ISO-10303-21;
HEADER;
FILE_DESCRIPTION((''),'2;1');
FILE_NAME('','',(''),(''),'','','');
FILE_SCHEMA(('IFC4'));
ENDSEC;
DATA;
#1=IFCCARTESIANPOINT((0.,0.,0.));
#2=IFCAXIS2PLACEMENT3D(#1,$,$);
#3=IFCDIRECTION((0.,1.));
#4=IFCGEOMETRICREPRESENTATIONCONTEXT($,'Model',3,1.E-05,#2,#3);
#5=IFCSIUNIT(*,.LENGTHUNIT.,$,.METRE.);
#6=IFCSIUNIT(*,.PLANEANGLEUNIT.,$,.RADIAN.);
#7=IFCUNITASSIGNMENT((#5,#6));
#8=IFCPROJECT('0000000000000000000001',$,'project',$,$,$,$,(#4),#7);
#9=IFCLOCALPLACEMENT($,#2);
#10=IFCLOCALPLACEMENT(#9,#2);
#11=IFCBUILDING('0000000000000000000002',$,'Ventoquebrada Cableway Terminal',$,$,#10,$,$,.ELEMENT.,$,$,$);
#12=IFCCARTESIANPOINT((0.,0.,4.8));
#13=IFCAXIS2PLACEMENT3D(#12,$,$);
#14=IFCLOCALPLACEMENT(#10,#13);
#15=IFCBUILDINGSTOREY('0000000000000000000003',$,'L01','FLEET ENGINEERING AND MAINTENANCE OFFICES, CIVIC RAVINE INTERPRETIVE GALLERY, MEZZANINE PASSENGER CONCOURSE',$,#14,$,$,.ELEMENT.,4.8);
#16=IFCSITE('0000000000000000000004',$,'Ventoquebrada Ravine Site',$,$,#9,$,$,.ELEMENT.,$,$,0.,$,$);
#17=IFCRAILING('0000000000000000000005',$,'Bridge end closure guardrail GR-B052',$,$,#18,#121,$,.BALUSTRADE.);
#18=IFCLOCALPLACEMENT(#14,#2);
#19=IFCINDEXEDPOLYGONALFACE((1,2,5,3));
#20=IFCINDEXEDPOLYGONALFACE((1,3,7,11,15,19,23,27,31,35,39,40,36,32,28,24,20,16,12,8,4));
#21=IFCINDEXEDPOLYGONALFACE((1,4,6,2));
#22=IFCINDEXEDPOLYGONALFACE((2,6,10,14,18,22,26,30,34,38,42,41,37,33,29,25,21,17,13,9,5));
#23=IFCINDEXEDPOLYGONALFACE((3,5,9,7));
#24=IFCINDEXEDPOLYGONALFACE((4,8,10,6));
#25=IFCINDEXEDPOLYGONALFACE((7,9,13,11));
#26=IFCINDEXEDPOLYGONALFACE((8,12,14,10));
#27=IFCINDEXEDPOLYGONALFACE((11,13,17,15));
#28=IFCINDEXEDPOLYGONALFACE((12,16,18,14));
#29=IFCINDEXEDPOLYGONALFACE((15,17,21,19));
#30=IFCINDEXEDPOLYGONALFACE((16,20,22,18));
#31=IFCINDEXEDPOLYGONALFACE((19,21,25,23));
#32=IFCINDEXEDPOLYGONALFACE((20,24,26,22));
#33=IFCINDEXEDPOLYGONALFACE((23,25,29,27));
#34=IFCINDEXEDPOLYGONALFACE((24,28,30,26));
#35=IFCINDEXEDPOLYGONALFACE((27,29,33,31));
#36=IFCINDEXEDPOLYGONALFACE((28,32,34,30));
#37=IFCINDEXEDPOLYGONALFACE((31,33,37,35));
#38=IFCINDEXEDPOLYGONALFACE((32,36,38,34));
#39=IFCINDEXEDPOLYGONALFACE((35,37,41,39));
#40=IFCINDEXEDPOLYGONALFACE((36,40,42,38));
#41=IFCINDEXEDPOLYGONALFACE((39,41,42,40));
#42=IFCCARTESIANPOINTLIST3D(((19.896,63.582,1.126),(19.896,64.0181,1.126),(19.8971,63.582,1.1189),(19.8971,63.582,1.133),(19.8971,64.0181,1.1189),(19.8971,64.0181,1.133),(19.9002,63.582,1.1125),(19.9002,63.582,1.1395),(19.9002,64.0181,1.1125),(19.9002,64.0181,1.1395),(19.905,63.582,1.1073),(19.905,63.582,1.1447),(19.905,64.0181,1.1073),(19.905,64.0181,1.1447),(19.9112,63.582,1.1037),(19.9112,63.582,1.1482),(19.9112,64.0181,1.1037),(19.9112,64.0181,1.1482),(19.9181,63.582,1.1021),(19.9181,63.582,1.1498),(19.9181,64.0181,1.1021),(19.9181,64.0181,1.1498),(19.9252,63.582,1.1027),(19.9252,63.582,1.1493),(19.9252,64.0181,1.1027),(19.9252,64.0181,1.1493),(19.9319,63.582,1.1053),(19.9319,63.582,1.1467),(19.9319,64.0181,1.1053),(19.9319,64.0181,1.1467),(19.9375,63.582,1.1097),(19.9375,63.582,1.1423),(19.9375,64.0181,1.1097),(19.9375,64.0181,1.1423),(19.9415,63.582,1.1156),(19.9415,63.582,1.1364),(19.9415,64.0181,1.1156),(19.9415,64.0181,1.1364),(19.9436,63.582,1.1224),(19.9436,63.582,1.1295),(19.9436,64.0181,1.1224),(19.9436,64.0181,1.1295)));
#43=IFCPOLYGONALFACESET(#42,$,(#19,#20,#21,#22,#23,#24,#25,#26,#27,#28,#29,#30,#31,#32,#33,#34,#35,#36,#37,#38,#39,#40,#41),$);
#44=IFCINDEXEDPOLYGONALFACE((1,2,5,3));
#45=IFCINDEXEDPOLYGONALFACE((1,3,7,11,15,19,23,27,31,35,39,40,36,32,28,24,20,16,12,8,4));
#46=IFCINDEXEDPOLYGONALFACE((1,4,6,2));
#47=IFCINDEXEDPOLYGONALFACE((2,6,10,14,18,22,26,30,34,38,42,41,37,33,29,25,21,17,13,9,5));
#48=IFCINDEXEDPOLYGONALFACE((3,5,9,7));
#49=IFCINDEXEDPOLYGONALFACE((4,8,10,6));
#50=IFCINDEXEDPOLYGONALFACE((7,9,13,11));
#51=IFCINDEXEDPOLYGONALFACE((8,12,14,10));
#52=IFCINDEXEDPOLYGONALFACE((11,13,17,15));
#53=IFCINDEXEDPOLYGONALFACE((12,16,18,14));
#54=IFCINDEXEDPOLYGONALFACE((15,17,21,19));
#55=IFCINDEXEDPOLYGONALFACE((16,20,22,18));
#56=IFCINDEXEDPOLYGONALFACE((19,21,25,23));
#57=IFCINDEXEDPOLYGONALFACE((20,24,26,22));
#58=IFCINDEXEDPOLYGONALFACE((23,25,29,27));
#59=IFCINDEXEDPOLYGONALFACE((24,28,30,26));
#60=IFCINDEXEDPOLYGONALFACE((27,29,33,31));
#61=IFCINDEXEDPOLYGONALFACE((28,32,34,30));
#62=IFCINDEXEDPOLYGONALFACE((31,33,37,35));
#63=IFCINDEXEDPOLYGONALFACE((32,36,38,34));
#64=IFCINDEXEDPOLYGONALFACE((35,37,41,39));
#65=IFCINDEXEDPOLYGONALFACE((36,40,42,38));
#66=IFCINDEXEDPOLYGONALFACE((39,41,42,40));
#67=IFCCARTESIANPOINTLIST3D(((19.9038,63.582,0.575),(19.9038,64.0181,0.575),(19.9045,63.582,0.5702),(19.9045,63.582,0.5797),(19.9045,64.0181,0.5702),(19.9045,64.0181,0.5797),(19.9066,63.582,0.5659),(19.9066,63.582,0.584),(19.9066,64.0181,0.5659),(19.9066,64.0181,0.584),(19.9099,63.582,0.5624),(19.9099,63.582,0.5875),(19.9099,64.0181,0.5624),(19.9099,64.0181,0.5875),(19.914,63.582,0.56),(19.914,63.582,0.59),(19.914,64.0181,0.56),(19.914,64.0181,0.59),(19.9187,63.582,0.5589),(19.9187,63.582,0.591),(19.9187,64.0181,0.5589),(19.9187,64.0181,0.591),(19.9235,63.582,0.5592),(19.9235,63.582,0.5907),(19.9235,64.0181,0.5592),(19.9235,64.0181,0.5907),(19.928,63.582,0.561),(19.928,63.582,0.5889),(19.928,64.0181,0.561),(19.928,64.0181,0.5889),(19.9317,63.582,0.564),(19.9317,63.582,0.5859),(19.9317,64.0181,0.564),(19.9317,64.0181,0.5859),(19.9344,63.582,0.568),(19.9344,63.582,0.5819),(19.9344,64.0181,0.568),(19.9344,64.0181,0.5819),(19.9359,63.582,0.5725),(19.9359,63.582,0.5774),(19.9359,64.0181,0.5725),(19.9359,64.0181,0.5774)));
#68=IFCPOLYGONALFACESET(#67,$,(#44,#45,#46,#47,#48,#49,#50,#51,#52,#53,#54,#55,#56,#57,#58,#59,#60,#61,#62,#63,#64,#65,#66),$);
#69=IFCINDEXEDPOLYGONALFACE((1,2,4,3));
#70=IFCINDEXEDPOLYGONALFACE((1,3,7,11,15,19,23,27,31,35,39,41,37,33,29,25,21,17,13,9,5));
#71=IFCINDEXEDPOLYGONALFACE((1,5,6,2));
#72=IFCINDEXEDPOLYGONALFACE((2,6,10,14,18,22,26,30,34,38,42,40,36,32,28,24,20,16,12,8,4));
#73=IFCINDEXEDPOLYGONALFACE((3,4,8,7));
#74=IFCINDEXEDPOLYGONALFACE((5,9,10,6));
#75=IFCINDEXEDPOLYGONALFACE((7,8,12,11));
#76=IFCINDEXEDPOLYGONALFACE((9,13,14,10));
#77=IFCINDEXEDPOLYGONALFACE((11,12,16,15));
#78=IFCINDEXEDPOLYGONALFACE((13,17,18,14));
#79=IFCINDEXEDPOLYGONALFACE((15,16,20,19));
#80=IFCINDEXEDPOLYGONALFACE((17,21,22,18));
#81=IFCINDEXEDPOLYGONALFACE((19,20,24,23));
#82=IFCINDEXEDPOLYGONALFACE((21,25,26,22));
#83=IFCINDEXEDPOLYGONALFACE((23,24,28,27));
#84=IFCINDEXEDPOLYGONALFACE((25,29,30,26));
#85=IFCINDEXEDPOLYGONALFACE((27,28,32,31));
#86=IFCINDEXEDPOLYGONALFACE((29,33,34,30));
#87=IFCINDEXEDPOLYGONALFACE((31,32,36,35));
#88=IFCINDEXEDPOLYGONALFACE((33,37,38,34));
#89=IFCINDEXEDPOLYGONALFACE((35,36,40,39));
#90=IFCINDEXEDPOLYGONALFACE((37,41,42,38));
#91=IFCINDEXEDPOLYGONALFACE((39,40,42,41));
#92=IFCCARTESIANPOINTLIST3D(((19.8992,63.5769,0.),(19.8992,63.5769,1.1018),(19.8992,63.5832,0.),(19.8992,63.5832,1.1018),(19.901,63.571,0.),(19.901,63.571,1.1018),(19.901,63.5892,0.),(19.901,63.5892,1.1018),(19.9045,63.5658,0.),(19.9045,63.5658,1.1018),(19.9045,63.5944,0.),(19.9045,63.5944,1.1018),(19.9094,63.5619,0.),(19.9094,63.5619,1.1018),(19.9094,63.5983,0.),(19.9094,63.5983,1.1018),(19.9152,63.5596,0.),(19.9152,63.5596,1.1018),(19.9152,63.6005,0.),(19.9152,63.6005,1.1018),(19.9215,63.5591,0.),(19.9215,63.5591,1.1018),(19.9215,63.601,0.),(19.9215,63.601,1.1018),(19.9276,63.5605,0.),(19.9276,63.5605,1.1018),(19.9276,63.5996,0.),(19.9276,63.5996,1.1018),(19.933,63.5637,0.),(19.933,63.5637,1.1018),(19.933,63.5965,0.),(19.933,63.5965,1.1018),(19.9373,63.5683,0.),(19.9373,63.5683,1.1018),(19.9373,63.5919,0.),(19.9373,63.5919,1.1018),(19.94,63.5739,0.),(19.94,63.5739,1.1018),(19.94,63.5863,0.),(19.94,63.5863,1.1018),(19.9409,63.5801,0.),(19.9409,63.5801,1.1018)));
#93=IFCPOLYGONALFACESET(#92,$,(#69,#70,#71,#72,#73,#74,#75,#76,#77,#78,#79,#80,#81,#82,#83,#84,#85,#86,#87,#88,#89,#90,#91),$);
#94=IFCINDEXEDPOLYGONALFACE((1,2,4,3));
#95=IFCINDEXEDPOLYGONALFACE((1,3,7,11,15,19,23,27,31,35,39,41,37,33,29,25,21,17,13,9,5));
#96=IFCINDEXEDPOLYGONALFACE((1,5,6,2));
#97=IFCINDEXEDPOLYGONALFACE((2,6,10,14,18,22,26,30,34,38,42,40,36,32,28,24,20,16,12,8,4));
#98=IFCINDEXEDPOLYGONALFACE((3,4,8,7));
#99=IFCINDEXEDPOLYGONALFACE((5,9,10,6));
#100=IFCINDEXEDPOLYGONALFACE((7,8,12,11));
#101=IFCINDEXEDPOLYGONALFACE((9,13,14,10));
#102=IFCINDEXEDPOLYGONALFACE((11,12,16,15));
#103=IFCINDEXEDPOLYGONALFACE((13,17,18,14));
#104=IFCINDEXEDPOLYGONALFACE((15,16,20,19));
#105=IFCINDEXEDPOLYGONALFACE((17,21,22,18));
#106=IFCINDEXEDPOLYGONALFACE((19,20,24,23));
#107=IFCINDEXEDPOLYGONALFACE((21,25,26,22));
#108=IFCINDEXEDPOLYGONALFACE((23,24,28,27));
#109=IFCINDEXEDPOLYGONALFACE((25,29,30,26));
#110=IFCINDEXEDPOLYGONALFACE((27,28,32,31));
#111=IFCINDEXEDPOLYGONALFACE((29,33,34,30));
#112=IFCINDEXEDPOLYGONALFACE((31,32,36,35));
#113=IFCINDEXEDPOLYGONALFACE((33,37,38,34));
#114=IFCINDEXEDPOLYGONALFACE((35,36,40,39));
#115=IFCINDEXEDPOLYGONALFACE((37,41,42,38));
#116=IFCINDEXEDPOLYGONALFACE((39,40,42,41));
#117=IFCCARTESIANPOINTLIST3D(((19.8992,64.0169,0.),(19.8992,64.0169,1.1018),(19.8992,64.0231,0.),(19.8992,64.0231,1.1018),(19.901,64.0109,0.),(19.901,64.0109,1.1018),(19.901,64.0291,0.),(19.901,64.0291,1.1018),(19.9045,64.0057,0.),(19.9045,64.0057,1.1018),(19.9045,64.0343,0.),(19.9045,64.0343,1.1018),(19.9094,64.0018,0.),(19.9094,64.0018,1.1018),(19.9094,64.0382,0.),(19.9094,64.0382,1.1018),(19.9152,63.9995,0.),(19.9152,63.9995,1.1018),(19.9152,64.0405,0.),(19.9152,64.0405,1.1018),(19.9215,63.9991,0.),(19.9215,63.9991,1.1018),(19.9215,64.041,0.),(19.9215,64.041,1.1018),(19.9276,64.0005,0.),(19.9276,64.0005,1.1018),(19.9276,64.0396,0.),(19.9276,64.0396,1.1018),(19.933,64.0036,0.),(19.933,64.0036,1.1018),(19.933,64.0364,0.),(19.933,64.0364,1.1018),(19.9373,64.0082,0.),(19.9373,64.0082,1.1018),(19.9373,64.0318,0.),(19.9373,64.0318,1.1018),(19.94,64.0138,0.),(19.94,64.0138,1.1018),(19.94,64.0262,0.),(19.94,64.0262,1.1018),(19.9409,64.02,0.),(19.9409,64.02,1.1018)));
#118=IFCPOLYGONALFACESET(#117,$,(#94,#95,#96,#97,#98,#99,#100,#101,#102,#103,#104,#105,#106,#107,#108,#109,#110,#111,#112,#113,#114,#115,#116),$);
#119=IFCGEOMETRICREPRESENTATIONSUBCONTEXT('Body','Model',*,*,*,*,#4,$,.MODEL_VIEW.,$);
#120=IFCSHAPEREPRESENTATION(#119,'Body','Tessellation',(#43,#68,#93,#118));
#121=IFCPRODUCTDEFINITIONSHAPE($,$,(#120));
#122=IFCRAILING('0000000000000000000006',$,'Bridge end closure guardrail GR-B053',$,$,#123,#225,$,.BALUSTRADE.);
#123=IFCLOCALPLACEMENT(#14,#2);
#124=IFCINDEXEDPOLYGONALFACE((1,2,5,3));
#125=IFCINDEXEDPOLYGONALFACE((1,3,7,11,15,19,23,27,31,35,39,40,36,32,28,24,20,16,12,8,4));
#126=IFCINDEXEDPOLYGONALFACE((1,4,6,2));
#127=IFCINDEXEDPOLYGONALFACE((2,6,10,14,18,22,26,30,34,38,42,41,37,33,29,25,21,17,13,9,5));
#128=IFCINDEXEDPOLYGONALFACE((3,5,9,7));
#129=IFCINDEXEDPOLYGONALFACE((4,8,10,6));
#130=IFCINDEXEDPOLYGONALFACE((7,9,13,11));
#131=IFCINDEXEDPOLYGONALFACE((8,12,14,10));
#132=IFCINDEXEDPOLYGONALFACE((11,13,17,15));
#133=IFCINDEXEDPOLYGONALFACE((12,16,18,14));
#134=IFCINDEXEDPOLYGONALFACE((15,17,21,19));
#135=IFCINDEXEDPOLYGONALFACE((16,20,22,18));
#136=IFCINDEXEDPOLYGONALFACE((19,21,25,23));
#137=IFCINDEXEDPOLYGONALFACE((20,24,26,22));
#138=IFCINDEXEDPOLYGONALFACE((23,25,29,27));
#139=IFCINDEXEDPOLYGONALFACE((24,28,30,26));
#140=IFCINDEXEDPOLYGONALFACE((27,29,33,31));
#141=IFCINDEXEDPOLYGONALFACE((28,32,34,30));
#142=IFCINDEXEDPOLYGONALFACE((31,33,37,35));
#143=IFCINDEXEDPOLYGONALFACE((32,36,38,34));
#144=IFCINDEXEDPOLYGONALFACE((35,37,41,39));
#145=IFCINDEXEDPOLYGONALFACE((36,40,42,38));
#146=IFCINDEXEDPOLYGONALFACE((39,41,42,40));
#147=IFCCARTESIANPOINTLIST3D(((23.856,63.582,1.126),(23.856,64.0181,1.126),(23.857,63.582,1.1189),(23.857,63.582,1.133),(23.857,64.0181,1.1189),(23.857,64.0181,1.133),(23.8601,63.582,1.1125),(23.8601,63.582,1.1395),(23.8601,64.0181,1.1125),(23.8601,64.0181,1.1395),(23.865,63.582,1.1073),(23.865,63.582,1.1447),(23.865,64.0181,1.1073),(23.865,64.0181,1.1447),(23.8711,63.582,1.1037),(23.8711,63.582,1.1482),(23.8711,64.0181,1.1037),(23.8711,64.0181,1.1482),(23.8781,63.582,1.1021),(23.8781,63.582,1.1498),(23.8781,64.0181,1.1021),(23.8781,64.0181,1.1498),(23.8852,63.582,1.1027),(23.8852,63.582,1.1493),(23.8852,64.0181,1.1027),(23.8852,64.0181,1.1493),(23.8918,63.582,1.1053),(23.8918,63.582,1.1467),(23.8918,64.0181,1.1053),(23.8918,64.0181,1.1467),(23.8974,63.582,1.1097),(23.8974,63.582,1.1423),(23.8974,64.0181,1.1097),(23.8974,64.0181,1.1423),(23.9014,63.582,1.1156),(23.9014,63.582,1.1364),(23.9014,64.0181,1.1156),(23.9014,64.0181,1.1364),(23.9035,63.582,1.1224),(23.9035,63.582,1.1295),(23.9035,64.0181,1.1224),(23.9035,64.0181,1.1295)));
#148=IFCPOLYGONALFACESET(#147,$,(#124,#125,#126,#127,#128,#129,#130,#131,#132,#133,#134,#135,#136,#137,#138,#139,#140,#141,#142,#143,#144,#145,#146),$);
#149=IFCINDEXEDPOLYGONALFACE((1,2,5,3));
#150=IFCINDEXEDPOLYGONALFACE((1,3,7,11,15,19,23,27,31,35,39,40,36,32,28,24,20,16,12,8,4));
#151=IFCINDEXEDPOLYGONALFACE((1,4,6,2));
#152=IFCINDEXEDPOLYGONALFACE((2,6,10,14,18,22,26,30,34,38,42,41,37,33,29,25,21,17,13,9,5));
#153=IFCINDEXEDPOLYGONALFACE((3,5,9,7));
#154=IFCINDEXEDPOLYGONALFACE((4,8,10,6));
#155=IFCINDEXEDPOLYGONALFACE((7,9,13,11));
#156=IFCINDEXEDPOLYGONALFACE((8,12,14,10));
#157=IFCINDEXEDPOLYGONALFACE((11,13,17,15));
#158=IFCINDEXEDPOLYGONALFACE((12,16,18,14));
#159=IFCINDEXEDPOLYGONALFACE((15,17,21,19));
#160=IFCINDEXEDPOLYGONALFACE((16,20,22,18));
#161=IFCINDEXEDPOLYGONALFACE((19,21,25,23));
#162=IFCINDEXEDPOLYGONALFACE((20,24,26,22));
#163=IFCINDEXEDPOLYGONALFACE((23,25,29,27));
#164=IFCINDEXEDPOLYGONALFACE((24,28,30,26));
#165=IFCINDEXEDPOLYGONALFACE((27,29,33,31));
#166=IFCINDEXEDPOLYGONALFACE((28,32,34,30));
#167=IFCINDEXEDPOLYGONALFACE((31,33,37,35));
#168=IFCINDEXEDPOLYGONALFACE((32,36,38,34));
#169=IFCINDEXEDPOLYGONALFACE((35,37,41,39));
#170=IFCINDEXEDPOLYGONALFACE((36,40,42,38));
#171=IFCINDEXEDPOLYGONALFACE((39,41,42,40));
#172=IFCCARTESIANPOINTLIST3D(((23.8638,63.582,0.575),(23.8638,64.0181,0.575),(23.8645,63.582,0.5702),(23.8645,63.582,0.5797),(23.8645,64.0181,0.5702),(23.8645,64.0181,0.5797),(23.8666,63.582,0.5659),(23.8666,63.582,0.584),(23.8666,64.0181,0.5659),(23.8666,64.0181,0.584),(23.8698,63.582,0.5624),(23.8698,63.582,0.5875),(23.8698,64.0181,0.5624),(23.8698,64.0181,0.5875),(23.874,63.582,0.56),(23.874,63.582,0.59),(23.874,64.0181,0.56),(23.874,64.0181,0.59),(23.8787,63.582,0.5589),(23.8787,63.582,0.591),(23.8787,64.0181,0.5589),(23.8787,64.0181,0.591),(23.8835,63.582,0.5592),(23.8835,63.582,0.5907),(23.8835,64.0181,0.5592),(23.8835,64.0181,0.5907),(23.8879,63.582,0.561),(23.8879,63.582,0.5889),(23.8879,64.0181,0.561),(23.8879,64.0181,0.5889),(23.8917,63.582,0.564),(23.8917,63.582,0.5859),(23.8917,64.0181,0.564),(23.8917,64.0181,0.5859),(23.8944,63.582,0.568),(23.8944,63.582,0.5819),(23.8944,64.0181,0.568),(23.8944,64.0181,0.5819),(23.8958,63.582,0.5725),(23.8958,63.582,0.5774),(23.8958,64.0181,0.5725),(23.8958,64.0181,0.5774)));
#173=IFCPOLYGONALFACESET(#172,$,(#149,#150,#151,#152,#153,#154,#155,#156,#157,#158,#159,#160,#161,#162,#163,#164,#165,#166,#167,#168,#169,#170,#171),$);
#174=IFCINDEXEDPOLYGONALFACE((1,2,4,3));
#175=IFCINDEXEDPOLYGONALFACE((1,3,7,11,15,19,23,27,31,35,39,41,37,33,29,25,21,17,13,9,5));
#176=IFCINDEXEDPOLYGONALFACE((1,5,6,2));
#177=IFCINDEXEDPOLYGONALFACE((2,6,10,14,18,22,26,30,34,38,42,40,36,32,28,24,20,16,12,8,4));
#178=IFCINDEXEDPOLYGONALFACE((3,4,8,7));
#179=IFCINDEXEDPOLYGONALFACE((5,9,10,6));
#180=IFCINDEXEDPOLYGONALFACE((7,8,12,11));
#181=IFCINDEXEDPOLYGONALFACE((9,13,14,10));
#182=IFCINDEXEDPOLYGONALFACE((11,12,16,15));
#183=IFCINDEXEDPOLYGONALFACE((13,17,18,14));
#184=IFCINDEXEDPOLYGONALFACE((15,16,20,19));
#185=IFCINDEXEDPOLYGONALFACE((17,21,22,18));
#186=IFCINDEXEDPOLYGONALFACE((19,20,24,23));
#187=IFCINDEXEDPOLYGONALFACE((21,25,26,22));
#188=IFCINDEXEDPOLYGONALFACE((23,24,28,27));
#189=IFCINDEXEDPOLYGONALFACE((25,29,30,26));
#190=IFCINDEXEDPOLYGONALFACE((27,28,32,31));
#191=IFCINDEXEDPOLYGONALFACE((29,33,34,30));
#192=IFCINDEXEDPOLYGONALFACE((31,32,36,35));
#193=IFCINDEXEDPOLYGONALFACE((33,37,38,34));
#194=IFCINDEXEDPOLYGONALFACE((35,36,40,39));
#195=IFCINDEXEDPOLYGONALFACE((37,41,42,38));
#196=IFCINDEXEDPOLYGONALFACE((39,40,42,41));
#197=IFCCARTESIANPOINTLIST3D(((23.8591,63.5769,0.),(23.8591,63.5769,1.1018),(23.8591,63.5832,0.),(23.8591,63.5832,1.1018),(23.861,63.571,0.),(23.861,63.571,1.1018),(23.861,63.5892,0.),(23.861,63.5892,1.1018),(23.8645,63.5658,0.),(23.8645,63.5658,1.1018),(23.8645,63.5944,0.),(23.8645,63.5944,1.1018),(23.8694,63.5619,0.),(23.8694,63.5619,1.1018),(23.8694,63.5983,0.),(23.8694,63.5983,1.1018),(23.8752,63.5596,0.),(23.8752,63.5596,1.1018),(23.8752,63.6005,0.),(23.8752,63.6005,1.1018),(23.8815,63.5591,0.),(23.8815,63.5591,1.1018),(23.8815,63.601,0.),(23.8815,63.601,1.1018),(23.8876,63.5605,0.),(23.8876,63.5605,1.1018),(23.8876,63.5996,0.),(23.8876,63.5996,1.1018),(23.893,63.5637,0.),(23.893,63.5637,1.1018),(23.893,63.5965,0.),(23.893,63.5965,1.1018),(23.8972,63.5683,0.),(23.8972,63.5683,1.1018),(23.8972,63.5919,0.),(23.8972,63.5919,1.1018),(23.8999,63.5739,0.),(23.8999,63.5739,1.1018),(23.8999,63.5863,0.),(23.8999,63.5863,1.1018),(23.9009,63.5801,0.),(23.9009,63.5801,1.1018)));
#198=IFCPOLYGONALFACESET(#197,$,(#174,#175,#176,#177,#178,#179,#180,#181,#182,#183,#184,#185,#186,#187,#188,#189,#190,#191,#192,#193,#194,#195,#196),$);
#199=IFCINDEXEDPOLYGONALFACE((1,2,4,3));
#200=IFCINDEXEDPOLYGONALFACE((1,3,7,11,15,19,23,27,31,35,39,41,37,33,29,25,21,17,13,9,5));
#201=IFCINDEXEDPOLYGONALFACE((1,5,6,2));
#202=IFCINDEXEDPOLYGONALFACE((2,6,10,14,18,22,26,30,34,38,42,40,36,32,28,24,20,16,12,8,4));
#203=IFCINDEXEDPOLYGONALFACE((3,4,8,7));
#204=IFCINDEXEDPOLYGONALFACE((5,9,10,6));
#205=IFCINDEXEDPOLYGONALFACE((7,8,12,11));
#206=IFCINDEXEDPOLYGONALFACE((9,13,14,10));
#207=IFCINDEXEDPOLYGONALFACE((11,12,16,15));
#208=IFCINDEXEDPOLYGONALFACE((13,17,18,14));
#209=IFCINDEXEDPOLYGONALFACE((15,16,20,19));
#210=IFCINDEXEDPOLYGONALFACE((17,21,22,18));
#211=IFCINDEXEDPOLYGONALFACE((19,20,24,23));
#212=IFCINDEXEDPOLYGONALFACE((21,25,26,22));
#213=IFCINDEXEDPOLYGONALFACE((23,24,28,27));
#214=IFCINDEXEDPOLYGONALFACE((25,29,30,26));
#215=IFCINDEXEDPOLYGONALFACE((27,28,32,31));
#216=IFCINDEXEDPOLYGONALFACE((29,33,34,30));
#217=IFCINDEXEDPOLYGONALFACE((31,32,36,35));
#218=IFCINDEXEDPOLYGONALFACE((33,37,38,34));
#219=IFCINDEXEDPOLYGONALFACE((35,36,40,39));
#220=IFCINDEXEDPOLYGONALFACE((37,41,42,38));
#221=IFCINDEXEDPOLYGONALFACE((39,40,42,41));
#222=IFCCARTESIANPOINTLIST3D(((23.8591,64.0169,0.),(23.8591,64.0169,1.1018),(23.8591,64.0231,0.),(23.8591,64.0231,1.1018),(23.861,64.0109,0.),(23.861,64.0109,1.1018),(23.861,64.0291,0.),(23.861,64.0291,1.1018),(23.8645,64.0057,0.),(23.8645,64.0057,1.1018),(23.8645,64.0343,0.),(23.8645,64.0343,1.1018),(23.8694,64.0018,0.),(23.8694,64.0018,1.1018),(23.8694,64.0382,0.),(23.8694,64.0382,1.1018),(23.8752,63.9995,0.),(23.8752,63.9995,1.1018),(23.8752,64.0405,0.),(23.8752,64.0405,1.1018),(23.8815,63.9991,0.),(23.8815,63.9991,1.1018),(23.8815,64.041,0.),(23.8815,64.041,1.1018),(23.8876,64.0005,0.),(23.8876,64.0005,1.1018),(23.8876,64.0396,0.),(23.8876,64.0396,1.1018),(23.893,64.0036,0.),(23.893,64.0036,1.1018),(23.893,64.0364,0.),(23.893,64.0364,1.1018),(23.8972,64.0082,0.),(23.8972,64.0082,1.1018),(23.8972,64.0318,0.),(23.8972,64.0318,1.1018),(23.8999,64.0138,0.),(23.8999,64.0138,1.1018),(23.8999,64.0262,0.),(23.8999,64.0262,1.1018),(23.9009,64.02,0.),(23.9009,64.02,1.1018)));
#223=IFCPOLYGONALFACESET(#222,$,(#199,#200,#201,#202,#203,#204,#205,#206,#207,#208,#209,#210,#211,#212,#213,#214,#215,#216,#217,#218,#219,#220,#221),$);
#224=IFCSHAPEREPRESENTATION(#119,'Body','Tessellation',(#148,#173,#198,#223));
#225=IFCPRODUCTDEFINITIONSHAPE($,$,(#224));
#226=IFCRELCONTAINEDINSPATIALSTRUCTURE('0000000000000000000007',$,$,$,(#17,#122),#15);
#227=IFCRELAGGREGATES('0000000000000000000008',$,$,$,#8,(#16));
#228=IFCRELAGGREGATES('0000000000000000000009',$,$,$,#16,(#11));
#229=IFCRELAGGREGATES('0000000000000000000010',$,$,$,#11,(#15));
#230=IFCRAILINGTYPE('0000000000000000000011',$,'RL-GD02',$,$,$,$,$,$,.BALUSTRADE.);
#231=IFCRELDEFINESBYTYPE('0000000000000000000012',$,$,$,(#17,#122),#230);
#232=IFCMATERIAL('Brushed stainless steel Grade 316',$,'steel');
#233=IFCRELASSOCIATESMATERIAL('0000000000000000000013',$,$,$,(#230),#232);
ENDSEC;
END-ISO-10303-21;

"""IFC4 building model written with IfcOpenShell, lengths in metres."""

from ifc_helpers import new_model, si_unit, direction, frame, origin, origin_2d, place, context, subcontext, project, spatial, circle, extrude, material, type_object, element, save


model = new_model("IFC4")

# Units and contexts
model_context = context("Model", 3, precision=1e-05, world=origin(), true_north=direction((0.0, 1.0)))
body_context = subcontext(model_context, "Body", "Model", "MODEL_VIEW")
ifc_project = project(units=[si_unit("LENGTHUNIT", "METRE"), si_unit("PLANEANGLEUNIT", "RADIAN")], contexts=[model_context])

# Site, building, storey
site_placement = place(None, origin())
site = spatial("IfcSite", under=ifc_project, at=site_placement, Name="Ventoquebrada Ravine Site", CompositionType="ELEMENT", RefElevation=0.0)
building_placement = place(site_placement, origin())
building = spatial("IfcBuilding", under=site, at=building_placement, Name="Ventoquebrada Cableway Terminal", CompositionType="ELEMENT")
storey_placement = place(building_placement, frame((0.0, 0.0, 4.8)))
storey = spatial("IfcBuildingStorey", under=building, at=storey_placement, Name="L01", Description="FLEET ENGINEERING AND MAINTENANCE OFFICES, CIVIC RAVINE INTERPRETIVE GALLERY, MEZZANINE PASSENGER CONCOURSE", CompositionType="ELEMENT", Elevation=4.8)

# Railings
ifc_material_1 = material(Name="Brushed stainless steel Grade 316", Category="steel")
railing_type_1 = type_object("IfcRailingType", Name="RL-GD02", PredefinedType="BALUSTRADE", material=ifc_material_1)
for number, where, name in (
    (1, (19.9199, 63.5801, 0.0), "Bridge end closure guardrail GR-B052"),
    (2, (23.8799, 63.5801, 0.0), "Bridge end closure guardrail GR-B053"),
):
    element("IfcRailing", number, at=place(storey_placement, frame(where)), inside=storey, type_object=railing_type_1, Name=name, PredefinedType="BALUSTRADE", context=body_context, shape_type="SweptSolid", body=[
        extrude(circle(Radius=0.0239, at=origin_2d()), frame((0.0, 0.002, 1.126), z_axis=(0.0, 1.0, 0.0), x_axis=(-1.0, 0.0, 0.0)), (0.0, 0.0, 1.0), 0.436),
        extrude(circle(Radius=0.0161, at=origin_2d()), frame((0.0, 0.002, 0.575), z_axis=(0.0, 1.0, 0.0), x_axis=(-1.0, 0.0, 0.0)), (0.0, 0.0, 1.0), 0.436),
        extrude(circle(Radius=0.021, at=origin_2d()), origin(), (0.0, 0.0, 1.0), 1.1018),
        extrude(circle(Radius=0.021, at=origin_2d()), frame((0.0, 0.4399, 0.0)), (0.0, 0.0, 1.0), 1.1018),
    ])

save(model, "model.ifc")
